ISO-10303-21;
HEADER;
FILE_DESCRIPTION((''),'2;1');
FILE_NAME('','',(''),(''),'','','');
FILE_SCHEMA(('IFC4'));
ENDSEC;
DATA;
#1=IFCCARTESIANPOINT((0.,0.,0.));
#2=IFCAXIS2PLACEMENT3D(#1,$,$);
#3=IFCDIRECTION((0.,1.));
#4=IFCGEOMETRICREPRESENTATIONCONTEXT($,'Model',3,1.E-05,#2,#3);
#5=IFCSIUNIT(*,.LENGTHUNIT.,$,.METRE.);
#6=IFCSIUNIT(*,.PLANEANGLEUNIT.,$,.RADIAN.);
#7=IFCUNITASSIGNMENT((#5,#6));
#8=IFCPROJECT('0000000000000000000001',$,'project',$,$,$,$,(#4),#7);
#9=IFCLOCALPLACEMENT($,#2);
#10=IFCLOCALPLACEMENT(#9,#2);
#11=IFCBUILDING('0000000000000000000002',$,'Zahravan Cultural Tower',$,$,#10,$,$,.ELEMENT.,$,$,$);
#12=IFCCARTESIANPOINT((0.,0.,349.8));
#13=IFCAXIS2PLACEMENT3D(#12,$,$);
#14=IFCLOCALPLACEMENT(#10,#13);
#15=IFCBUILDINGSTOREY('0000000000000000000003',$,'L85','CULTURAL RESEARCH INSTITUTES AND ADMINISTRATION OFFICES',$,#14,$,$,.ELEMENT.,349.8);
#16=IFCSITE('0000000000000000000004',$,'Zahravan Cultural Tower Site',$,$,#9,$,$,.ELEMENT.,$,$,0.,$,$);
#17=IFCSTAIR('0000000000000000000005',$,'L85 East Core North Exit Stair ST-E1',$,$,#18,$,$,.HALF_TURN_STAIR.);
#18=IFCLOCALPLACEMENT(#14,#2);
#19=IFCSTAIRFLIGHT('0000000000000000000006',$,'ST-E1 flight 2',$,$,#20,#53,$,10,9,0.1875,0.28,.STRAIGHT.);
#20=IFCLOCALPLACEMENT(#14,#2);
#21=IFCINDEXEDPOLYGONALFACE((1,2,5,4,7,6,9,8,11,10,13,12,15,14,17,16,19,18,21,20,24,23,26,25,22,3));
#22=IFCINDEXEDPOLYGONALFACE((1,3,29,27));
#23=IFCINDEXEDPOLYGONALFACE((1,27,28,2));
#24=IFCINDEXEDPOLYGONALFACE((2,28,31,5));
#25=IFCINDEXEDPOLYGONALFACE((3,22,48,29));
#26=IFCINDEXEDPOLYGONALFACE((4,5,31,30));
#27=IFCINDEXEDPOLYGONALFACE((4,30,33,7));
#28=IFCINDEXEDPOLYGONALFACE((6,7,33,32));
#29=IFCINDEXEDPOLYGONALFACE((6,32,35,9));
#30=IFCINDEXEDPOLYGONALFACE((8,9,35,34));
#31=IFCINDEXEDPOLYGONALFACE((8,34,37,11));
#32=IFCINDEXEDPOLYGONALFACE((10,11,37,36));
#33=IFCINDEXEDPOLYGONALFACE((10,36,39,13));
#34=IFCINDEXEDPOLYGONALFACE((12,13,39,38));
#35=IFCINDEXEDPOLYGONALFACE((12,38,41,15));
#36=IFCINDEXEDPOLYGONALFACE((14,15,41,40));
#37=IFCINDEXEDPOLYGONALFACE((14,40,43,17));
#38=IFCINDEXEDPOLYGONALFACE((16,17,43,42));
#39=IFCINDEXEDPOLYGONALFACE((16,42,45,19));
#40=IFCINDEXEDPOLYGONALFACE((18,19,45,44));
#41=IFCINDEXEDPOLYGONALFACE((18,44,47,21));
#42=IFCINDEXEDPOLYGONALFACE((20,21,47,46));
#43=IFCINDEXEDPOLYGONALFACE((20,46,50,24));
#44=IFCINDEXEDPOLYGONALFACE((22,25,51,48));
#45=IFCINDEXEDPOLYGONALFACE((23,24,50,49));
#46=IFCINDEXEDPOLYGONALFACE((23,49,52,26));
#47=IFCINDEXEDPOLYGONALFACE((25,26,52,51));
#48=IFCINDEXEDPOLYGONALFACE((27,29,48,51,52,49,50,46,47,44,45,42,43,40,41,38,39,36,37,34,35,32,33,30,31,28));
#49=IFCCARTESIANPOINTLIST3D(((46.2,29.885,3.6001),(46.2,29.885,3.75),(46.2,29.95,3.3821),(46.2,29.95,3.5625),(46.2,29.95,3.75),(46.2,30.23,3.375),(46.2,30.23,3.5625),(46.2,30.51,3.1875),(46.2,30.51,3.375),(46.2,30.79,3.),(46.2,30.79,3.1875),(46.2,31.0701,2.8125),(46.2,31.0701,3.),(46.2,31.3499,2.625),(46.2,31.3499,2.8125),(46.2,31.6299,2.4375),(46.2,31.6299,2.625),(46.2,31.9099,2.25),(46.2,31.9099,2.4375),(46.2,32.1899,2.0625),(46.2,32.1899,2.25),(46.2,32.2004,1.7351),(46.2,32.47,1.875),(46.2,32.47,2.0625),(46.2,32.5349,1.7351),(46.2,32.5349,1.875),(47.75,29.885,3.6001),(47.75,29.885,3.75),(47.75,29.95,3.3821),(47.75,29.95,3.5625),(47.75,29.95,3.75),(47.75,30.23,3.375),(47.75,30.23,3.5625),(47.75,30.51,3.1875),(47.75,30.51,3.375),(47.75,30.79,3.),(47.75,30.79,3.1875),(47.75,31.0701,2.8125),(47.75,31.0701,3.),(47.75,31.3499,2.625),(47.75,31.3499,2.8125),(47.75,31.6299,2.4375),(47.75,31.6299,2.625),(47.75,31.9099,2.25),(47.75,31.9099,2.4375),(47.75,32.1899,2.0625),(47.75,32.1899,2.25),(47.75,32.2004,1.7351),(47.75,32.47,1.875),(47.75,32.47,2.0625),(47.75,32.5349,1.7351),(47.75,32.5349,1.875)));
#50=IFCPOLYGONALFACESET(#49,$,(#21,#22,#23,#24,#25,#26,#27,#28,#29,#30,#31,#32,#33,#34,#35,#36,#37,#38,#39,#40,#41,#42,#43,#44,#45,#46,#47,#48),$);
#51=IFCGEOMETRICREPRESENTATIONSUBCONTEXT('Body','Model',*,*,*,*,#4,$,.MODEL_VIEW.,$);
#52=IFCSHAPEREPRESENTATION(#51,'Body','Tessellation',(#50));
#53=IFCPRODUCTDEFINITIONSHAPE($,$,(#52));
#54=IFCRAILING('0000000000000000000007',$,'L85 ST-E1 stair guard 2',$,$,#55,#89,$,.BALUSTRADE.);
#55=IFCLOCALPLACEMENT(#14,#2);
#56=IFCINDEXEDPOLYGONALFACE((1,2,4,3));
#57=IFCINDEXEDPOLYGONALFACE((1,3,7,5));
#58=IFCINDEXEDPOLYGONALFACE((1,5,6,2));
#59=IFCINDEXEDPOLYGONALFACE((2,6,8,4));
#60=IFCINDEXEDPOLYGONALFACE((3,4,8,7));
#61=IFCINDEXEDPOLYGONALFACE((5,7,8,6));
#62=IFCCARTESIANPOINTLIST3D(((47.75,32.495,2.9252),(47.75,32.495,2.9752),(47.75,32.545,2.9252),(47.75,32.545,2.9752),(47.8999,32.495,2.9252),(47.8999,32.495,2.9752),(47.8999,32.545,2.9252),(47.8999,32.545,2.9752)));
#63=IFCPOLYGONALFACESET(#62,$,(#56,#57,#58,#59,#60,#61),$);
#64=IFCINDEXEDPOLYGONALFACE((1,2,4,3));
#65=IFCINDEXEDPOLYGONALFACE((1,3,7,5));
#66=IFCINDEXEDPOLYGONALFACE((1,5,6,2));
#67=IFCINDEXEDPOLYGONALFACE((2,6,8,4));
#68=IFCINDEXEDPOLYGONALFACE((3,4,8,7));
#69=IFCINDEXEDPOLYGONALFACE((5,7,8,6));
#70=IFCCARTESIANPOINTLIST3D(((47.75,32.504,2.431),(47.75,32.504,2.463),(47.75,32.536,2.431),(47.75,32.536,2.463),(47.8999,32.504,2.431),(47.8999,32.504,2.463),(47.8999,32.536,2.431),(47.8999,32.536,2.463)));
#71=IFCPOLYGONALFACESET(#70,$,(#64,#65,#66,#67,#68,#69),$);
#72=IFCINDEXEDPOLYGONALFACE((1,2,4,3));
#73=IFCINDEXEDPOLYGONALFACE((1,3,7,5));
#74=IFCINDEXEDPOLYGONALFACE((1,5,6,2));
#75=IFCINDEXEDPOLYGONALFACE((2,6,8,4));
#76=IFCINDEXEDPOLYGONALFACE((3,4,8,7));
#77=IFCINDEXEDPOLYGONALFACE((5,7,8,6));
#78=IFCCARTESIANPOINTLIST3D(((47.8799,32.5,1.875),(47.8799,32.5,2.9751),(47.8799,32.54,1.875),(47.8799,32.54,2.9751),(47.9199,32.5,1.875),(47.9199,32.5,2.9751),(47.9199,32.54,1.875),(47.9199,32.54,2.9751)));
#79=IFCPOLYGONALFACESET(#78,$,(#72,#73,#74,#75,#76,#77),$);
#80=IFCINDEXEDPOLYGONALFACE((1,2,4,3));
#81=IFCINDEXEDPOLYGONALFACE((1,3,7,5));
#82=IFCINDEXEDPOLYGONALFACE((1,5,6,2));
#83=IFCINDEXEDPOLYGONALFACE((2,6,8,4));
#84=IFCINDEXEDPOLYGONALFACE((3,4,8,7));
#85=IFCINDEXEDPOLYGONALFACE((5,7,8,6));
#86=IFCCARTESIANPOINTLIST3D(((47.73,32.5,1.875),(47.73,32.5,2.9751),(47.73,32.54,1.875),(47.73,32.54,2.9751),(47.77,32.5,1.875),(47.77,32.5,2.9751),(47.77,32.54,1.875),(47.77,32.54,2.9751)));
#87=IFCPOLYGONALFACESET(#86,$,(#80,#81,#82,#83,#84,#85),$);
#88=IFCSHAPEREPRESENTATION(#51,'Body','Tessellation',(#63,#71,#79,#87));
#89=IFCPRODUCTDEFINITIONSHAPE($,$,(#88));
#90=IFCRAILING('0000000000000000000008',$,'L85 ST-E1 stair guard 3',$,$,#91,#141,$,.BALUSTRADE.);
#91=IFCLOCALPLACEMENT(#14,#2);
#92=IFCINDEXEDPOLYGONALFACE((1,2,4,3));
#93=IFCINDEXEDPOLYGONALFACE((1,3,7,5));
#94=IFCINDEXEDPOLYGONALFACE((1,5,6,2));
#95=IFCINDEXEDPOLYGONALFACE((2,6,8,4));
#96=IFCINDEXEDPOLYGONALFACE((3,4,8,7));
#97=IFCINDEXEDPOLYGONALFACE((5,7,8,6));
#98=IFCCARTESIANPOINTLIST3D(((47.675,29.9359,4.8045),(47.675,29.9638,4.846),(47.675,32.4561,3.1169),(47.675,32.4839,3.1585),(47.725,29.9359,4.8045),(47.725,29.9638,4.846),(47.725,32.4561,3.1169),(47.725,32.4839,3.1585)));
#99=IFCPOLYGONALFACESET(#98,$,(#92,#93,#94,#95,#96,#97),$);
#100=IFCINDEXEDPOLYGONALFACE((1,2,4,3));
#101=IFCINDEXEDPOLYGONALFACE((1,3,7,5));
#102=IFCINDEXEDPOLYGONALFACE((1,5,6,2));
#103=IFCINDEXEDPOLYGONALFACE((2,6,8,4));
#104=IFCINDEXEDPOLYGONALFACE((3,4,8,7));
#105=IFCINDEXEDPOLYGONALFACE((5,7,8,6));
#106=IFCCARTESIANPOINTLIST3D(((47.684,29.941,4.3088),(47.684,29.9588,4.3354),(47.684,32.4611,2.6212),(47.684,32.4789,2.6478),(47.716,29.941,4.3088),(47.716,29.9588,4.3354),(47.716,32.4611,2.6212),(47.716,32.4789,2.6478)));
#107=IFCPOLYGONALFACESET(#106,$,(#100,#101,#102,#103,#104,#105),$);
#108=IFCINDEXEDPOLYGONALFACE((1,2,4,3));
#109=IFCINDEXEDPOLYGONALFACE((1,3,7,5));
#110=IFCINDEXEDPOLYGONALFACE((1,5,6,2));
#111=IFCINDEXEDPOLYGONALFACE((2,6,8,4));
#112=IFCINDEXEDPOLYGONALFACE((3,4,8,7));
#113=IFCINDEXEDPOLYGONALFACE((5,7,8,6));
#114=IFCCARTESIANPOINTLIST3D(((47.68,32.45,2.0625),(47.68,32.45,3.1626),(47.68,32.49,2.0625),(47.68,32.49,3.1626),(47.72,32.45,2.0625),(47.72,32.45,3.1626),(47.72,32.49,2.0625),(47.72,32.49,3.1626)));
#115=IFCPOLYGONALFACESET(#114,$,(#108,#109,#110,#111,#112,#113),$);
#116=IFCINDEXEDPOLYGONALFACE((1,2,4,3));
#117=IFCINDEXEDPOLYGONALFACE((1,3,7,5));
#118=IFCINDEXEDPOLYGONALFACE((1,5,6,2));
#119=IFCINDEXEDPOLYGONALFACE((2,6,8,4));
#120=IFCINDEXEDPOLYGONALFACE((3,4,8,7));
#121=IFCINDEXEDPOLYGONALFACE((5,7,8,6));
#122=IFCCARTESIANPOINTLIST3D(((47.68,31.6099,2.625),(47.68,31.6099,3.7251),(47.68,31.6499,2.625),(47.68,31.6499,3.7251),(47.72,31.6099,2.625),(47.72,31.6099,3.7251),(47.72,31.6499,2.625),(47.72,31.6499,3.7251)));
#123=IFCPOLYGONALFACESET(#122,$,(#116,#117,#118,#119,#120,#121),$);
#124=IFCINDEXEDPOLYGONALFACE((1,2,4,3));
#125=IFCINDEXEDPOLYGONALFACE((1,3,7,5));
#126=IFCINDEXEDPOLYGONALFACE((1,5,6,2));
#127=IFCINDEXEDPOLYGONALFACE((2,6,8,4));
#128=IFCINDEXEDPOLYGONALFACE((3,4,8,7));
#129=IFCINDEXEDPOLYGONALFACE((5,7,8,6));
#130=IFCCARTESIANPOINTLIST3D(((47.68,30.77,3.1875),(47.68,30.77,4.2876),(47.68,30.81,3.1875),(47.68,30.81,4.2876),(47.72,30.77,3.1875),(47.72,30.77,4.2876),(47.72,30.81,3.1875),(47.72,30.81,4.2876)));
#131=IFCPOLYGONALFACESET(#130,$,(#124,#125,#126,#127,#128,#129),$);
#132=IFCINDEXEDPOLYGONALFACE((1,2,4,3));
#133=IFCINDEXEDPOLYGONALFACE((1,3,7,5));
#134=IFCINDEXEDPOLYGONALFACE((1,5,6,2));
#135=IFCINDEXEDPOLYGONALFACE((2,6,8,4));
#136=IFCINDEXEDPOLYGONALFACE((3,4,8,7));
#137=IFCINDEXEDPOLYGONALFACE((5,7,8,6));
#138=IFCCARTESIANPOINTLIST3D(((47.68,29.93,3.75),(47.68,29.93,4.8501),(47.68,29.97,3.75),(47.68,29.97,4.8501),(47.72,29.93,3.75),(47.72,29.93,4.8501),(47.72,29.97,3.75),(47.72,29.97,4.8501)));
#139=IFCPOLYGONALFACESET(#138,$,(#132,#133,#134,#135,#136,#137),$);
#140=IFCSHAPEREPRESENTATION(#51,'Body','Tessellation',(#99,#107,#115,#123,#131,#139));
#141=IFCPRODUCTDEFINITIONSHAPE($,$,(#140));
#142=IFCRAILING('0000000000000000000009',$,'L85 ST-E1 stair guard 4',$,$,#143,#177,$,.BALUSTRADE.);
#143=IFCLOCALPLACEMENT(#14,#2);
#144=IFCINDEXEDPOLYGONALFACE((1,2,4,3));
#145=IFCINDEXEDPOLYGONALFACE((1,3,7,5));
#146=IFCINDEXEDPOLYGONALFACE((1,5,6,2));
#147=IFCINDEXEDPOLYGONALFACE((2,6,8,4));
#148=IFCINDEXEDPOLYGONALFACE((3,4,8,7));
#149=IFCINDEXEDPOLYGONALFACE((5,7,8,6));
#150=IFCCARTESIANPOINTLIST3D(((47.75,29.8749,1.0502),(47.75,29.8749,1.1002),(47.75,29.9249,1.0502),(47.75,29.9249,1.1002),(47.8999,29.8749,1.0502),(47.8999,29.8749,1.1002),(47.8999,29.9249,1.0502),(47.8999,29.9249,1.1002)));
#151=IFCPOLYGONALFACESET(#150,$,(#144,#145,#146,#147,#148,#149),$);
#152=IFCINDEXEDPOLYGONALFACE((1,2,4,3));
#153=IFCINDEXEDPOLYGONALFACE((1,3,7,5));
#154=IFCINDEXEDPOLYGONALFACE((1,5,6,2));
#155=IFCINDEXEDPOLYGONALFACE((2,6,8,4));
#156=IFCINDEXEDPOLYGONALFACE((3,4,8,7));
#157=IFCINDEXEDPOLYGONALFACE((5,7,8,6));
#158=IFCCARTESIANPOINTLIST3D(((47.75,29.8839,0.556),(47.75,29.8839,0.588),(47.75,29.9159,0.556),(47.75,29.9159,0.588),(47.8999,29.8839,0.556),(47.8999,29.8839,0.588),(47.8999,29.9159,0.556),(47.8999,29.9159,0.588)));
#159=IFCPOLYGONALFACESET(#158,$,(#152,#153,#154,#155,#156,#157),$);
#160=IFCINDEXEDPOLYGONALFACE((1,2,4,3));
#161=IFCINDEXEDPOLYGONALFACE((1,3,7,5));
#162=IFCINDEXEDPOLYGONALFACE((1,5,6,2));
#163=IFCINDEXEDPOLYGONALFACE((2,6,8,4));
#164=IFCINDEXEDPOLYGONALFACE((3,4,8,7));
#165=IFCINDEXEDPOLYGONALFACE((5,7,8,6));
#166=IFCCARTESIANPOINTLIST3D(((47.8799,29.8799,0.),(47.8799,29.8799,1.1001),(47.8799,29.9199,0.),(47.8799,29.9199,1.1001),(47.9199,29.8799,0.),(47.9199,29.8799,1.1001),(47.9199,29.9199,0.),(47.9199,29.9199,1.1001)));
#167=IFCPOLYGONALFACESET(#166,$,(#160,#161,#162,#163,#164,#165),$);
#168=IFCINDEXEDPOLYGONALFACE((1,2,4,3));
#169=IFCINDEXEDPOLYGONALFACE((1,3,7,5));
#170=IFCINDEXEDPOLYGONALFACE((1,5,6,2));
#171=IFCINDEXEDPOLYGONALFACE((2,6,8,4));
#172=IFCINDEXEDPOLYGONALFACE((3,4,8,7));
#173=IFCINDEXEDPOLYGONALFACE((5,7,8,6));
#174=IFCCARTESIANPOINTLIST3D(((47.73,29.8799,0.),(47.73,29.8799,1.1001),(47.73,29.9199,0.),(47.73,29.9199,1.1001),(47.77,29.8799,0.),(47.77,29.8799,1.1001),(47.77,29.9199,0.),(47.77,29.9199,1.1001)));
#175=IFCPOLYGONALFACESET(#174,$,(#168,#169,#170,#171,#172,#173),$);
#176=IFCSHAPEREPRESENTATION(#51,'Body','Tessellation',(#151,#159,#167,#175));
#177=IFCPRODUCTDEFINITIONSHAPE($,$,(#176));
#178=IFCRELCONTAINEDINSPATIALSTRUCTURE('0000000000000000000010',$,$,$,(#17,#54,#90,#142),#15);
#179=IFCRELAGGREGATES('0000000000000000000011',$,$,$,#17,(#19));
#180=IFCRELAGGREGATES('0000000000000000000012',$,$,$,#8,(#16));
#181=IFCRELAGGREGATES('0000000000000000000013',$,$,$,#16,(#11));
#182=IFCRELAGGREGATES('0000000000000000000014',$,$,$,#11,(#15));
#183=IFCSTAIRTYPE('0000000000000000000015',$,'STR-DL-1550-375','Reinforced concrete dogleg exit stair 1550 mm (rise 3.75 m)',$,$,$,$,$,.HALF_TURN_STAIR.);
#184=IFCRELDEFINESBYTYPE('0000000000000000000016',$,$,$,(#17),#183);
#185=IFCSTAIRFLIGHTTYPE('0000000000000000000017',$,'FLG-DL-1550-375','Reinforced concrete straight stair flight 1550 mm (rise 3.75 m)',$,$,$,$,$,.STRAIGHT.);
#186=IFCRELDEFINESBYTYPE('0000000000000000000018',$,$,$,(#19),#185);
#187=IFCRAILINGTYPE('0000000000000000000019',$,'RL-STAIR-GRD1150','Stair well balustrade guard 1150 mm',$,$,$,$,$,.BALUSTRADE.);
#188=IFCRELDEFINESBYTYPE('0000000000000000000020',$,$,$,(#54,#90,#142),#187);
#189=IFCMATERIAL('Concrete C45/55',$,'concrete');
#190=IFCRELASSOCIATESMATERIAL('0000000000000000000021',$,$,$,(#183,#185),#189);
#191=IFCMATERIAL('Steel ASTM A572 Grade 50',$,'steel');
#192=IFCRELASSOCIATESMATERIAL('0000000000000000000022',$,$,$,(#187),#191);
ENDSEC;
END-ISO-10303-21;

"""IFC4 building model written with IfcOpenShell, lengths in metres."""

from ifc_helpers import new_model, si_unit, direction, frame, origin, origin_2d, place, context, subcontext, project, spatial, polyline, rectangle, outline, extrude, material, type_object, element, aggregate, save


model = new_model("IFC4")

# Units and contexts
model_context = context("Model", 3, precision=1e-05, world=origin(), true_north=direction((0.0, 1.0)))
body_context = subcontext(model_context, "Body", "Model", "MODEL_VIEW")
ifc_project = project(units=[si_unit("LENGTHUNIT", "METRE"), si_unit("PLANEANGLEUNIT", "RADIAN")], contexts=[model_context])

# Site, building, storey
site_placement = place(None, origin())
site = spatial("IfcSite", under=ifc_project, at=site_placement, Name="Zahravan Cultural Tower Site", CompositionType="ELEMENT", RefElevation=0.0)
building_placement = place(site_placement, origin())
building = spatial("IfcBuilding", under=site, at=building_placement, Name="Zahravan Cultural Tower", CompositionType="ELEMENT")
storey_placement = place(building_placement, frame((0.0, 0.0, 349.8)))
storey = spatial("IfcBuildingStorey", under=building, at=storey_placement, Name="L85", Description="CULTURAL RESEARCH INSTITUTES AND ADMINISTRATION OFFICES", CompositionType="ELEMENT", Elevation=349.8)

# Shared definitions
ifc_material_1 = material(Name="Concrete C45/55", Category="concrete")
ifc_material_2 = material(Name="Steel ASTM A572 Grade 50", Category="steel")

# Stair, stair flight
stair_type = type_object("IfcStairType", Name="STR-DL-1550-375", Description="Reinforced concrete dogleg exit stair 1550 mm (rise 3.75 m)", PredefinedType="HALF_TURN_STAIR", material=ifc_material_1)
stair_placement = place(storey_placement, origin())
stair = element("IfcStair", 1, at=stair_placement, inside=storey, type_object=stair_type, Name="L85 East Core North Exit Stair ST-E1", PredefinedType="HALF_TURN_STAIR")
stair_flight_type = type_object("IfcStairFlightType", Name="FLG-DL-1550-375", Description="Reinforced concrete straight stair flight 1550 mm (rise 3.75 m)", PredefinedType="STRAIGHT", material=ifc_material_1)
stair_flight_placement = place(storey_placement, frame((46.9751, 32.47, 1.875), z_axis=(0.0, 0.0, 1.0), x_axis=(0.0, -1.0, 0.0)))
stair_flight = element("IfcStairFlight", 2, at=stair_flight_placement, type_object=stair_flight_type, Name="ST-E1 flight 2", NumberOfRisers=10, NumberOfTreads=9, PredefinedType="STRAIGHT", RiserHeight=0.1875, TreadLength=0.28, context=body_context, shape_type="SweptSolid", body=[
    extrude(outline(polyline([(-0.0649, -0.1399), (-0.0649, 0.0), (0.0, 0.0), (0.0, 0.1875), (0.28, 0.1875), (0.28, 0.375), (0.5601, 0.375), (0.5601, 0.5625), (0.8401, 0.5625), (0.8401, 0.75), (1.1201, 0.75), (1.1201, 0.9375), (1.3999, 0.9375), (1.3999, 1.125), (1.6799, 1.125), (1.6799, 1.3125), (1.96, 1.3125), (1.96, 1.5), (2.24, 1.5), (2.24, 1.6875), (2.52, 1.6875), (2.52, 1.875), (2.585, 1.875), (2.585, 1.7251), (2.52, 1.5071), (0.2695, -0.1399), (-0.0649, -0.1399)])), frame((0.0, 0.7749, 0.0), z_axis=(0.0, -1.0, 0.0), x_axis=(1.0, 0.0, 0.0)), (0.0, 0.0, 1.0), 1.55),
])
aggregate(stair, [stair_flight])

# Railings
railing_type_1 = type_object("IfcRailingType", Name="RL-STAIR-GRD1150", Description="Stair well balustrade guard 1150 mm", PredefinedType="BALUSTRADE", material=ifc_material_2)
railing_1_placement = place(storey_placement, frame((47.8999, 32.52, 1.875)))
element("IfcRailing", 3, at=railing_1_placement, inside=storey, type_object=railing_type_1, Name="L85 ST-E1 stair guard 2", PredefinedType="BALUSTRADE", context=body_context, shape_type="SweptSolid", body=[
    extrude(rectangle(XDim=0.05, YDim=0.05, at=origin_2d()), frame((0.0, 0.0, 1.0752), z_axis=(-1.0, 0.0, 0.0), x_axis=(0.0, -1.0, 0.0)), (0.0, 0.0, 1.0), 0.1499),
    extrude(rectangle(XDim=0.032, YDim=0.032, at=origin_2d()), frame((0.0, 0.0, 0.572), z_axis=(-1.0, 0.0, 0.0), x_axis=(0.0, -1.0, 0.0)), (0.0, 0.0, 1.0), 0.1499),
    extrude(rectangle(XDim=0.04, YDim=0.04, at=origin_2d()), origin(), (0.0, 0.0, 1.0), 1.1001),
    extrude(rectangle(XDim=0.04, YDim=0.04, at=origin_2d()), frame((-0.1499, 0.0, 0.0)), (0.0, 0.0, 1.0), 1.1001),
])
railing_2_placement = place(storey_placement, frame((47.7, 32.47, 2.0625)))
element("IfcRailing", 4, at=railing_2_placement, inside=storey, type_object=railing_type_1, Name="L85 ST-E1 stair guard 3", PredefinedType="BALUSTRADE", context=body_context, shape_type="SweptSolid", body=[
    extrude(rectangle(XDim=0.05, YDim=0.05, at=origin_2d()), frame((0.0, 0.0, 1.0752), z_axis=(0.0, -0.830909, 0.556408), x_axis=(1.0, 0.0, 0.0)), (0.0, 0.0, 1.0), 3.033),
    extrude(rectangle(XDim=0.032, YDim=0.032, at=origin_2d()), frame((0.0, 0.0, 0.572), z_axis=(0.0, -0.830909, 0.556408), x_axis=(1.0, 0.0, 0.0)), (0.0, 0.0, 1.0), 3.033),
    extrude(rectangle(XDim=0.04, YDim=0.04, at=origin_2d()), origin(), (0.0, 0.0, 1.0), 1.1001),
    extrude(rectangle(XDim=0.04, YDim=0.04, at=origin_2d()), frame((0.0, -0.8401, 0.5625)), (0.0, 0.0, 1.0), 1.1001),
    extrude(rectangle(XDim=0.04, YDim=0.04, at=origin_2d()), frame((0.0, -1.6799, 1.125)), (0.0, 0.0, 1.0), 1.1001),
    extrude(rectangle(XDim=0.04, YDim=0.04, at=origin_2d()), frame((0.0, -2.52, 1.6875)), (0.0, 0.0, 1.0), 1.1001),
])
railing_3_placement = place(storey_placement, frame((47.8999, 29.8999, 0.0)))
element("IfcRailing", 5, at=railing_3_placement, inside=storey, type_object=railing_type_1, Name="L85 ST-E1 stair guard 4", PredefinedType="BALUSTRADE", context=body_context, shape_type="SweptSolid", body=[
    extrude(rectangle(XDim=0.05, YDim=0.05, at=origin_2d()), frame((0.0, 0.0, 1.0752), z_axis=(-1.0, 0.0, 0.0), x_axis=(0.0, -1.0, 0.0)), (0.0, 0.0, 1.0), 0.1499),
    extrude(rectangle(XDim=0.032, YDim=0.032, at=origin_2d()), frame((0.0, 0.0, 0.572), z_axis=(-1.0, 0.0, 0.0), x_axis=(0.0, -1.0, 0.0)), (0.0, 0.0, 1.0), 0.1499),
    extrude(rectangle(XDim=0.04, YDim=0.04, at=origin_2d()), origin(), (0.0, 0.0, 1.0), 1.1001),
    extrude(rectangle(XDim=0.04, YDim=0.04, at=origin_2d()), frame((-0.1499, 0.0, 0.0)), (0.0, 0.0, 1.0), 1.1001),
])

save(model, "model.ifc")
